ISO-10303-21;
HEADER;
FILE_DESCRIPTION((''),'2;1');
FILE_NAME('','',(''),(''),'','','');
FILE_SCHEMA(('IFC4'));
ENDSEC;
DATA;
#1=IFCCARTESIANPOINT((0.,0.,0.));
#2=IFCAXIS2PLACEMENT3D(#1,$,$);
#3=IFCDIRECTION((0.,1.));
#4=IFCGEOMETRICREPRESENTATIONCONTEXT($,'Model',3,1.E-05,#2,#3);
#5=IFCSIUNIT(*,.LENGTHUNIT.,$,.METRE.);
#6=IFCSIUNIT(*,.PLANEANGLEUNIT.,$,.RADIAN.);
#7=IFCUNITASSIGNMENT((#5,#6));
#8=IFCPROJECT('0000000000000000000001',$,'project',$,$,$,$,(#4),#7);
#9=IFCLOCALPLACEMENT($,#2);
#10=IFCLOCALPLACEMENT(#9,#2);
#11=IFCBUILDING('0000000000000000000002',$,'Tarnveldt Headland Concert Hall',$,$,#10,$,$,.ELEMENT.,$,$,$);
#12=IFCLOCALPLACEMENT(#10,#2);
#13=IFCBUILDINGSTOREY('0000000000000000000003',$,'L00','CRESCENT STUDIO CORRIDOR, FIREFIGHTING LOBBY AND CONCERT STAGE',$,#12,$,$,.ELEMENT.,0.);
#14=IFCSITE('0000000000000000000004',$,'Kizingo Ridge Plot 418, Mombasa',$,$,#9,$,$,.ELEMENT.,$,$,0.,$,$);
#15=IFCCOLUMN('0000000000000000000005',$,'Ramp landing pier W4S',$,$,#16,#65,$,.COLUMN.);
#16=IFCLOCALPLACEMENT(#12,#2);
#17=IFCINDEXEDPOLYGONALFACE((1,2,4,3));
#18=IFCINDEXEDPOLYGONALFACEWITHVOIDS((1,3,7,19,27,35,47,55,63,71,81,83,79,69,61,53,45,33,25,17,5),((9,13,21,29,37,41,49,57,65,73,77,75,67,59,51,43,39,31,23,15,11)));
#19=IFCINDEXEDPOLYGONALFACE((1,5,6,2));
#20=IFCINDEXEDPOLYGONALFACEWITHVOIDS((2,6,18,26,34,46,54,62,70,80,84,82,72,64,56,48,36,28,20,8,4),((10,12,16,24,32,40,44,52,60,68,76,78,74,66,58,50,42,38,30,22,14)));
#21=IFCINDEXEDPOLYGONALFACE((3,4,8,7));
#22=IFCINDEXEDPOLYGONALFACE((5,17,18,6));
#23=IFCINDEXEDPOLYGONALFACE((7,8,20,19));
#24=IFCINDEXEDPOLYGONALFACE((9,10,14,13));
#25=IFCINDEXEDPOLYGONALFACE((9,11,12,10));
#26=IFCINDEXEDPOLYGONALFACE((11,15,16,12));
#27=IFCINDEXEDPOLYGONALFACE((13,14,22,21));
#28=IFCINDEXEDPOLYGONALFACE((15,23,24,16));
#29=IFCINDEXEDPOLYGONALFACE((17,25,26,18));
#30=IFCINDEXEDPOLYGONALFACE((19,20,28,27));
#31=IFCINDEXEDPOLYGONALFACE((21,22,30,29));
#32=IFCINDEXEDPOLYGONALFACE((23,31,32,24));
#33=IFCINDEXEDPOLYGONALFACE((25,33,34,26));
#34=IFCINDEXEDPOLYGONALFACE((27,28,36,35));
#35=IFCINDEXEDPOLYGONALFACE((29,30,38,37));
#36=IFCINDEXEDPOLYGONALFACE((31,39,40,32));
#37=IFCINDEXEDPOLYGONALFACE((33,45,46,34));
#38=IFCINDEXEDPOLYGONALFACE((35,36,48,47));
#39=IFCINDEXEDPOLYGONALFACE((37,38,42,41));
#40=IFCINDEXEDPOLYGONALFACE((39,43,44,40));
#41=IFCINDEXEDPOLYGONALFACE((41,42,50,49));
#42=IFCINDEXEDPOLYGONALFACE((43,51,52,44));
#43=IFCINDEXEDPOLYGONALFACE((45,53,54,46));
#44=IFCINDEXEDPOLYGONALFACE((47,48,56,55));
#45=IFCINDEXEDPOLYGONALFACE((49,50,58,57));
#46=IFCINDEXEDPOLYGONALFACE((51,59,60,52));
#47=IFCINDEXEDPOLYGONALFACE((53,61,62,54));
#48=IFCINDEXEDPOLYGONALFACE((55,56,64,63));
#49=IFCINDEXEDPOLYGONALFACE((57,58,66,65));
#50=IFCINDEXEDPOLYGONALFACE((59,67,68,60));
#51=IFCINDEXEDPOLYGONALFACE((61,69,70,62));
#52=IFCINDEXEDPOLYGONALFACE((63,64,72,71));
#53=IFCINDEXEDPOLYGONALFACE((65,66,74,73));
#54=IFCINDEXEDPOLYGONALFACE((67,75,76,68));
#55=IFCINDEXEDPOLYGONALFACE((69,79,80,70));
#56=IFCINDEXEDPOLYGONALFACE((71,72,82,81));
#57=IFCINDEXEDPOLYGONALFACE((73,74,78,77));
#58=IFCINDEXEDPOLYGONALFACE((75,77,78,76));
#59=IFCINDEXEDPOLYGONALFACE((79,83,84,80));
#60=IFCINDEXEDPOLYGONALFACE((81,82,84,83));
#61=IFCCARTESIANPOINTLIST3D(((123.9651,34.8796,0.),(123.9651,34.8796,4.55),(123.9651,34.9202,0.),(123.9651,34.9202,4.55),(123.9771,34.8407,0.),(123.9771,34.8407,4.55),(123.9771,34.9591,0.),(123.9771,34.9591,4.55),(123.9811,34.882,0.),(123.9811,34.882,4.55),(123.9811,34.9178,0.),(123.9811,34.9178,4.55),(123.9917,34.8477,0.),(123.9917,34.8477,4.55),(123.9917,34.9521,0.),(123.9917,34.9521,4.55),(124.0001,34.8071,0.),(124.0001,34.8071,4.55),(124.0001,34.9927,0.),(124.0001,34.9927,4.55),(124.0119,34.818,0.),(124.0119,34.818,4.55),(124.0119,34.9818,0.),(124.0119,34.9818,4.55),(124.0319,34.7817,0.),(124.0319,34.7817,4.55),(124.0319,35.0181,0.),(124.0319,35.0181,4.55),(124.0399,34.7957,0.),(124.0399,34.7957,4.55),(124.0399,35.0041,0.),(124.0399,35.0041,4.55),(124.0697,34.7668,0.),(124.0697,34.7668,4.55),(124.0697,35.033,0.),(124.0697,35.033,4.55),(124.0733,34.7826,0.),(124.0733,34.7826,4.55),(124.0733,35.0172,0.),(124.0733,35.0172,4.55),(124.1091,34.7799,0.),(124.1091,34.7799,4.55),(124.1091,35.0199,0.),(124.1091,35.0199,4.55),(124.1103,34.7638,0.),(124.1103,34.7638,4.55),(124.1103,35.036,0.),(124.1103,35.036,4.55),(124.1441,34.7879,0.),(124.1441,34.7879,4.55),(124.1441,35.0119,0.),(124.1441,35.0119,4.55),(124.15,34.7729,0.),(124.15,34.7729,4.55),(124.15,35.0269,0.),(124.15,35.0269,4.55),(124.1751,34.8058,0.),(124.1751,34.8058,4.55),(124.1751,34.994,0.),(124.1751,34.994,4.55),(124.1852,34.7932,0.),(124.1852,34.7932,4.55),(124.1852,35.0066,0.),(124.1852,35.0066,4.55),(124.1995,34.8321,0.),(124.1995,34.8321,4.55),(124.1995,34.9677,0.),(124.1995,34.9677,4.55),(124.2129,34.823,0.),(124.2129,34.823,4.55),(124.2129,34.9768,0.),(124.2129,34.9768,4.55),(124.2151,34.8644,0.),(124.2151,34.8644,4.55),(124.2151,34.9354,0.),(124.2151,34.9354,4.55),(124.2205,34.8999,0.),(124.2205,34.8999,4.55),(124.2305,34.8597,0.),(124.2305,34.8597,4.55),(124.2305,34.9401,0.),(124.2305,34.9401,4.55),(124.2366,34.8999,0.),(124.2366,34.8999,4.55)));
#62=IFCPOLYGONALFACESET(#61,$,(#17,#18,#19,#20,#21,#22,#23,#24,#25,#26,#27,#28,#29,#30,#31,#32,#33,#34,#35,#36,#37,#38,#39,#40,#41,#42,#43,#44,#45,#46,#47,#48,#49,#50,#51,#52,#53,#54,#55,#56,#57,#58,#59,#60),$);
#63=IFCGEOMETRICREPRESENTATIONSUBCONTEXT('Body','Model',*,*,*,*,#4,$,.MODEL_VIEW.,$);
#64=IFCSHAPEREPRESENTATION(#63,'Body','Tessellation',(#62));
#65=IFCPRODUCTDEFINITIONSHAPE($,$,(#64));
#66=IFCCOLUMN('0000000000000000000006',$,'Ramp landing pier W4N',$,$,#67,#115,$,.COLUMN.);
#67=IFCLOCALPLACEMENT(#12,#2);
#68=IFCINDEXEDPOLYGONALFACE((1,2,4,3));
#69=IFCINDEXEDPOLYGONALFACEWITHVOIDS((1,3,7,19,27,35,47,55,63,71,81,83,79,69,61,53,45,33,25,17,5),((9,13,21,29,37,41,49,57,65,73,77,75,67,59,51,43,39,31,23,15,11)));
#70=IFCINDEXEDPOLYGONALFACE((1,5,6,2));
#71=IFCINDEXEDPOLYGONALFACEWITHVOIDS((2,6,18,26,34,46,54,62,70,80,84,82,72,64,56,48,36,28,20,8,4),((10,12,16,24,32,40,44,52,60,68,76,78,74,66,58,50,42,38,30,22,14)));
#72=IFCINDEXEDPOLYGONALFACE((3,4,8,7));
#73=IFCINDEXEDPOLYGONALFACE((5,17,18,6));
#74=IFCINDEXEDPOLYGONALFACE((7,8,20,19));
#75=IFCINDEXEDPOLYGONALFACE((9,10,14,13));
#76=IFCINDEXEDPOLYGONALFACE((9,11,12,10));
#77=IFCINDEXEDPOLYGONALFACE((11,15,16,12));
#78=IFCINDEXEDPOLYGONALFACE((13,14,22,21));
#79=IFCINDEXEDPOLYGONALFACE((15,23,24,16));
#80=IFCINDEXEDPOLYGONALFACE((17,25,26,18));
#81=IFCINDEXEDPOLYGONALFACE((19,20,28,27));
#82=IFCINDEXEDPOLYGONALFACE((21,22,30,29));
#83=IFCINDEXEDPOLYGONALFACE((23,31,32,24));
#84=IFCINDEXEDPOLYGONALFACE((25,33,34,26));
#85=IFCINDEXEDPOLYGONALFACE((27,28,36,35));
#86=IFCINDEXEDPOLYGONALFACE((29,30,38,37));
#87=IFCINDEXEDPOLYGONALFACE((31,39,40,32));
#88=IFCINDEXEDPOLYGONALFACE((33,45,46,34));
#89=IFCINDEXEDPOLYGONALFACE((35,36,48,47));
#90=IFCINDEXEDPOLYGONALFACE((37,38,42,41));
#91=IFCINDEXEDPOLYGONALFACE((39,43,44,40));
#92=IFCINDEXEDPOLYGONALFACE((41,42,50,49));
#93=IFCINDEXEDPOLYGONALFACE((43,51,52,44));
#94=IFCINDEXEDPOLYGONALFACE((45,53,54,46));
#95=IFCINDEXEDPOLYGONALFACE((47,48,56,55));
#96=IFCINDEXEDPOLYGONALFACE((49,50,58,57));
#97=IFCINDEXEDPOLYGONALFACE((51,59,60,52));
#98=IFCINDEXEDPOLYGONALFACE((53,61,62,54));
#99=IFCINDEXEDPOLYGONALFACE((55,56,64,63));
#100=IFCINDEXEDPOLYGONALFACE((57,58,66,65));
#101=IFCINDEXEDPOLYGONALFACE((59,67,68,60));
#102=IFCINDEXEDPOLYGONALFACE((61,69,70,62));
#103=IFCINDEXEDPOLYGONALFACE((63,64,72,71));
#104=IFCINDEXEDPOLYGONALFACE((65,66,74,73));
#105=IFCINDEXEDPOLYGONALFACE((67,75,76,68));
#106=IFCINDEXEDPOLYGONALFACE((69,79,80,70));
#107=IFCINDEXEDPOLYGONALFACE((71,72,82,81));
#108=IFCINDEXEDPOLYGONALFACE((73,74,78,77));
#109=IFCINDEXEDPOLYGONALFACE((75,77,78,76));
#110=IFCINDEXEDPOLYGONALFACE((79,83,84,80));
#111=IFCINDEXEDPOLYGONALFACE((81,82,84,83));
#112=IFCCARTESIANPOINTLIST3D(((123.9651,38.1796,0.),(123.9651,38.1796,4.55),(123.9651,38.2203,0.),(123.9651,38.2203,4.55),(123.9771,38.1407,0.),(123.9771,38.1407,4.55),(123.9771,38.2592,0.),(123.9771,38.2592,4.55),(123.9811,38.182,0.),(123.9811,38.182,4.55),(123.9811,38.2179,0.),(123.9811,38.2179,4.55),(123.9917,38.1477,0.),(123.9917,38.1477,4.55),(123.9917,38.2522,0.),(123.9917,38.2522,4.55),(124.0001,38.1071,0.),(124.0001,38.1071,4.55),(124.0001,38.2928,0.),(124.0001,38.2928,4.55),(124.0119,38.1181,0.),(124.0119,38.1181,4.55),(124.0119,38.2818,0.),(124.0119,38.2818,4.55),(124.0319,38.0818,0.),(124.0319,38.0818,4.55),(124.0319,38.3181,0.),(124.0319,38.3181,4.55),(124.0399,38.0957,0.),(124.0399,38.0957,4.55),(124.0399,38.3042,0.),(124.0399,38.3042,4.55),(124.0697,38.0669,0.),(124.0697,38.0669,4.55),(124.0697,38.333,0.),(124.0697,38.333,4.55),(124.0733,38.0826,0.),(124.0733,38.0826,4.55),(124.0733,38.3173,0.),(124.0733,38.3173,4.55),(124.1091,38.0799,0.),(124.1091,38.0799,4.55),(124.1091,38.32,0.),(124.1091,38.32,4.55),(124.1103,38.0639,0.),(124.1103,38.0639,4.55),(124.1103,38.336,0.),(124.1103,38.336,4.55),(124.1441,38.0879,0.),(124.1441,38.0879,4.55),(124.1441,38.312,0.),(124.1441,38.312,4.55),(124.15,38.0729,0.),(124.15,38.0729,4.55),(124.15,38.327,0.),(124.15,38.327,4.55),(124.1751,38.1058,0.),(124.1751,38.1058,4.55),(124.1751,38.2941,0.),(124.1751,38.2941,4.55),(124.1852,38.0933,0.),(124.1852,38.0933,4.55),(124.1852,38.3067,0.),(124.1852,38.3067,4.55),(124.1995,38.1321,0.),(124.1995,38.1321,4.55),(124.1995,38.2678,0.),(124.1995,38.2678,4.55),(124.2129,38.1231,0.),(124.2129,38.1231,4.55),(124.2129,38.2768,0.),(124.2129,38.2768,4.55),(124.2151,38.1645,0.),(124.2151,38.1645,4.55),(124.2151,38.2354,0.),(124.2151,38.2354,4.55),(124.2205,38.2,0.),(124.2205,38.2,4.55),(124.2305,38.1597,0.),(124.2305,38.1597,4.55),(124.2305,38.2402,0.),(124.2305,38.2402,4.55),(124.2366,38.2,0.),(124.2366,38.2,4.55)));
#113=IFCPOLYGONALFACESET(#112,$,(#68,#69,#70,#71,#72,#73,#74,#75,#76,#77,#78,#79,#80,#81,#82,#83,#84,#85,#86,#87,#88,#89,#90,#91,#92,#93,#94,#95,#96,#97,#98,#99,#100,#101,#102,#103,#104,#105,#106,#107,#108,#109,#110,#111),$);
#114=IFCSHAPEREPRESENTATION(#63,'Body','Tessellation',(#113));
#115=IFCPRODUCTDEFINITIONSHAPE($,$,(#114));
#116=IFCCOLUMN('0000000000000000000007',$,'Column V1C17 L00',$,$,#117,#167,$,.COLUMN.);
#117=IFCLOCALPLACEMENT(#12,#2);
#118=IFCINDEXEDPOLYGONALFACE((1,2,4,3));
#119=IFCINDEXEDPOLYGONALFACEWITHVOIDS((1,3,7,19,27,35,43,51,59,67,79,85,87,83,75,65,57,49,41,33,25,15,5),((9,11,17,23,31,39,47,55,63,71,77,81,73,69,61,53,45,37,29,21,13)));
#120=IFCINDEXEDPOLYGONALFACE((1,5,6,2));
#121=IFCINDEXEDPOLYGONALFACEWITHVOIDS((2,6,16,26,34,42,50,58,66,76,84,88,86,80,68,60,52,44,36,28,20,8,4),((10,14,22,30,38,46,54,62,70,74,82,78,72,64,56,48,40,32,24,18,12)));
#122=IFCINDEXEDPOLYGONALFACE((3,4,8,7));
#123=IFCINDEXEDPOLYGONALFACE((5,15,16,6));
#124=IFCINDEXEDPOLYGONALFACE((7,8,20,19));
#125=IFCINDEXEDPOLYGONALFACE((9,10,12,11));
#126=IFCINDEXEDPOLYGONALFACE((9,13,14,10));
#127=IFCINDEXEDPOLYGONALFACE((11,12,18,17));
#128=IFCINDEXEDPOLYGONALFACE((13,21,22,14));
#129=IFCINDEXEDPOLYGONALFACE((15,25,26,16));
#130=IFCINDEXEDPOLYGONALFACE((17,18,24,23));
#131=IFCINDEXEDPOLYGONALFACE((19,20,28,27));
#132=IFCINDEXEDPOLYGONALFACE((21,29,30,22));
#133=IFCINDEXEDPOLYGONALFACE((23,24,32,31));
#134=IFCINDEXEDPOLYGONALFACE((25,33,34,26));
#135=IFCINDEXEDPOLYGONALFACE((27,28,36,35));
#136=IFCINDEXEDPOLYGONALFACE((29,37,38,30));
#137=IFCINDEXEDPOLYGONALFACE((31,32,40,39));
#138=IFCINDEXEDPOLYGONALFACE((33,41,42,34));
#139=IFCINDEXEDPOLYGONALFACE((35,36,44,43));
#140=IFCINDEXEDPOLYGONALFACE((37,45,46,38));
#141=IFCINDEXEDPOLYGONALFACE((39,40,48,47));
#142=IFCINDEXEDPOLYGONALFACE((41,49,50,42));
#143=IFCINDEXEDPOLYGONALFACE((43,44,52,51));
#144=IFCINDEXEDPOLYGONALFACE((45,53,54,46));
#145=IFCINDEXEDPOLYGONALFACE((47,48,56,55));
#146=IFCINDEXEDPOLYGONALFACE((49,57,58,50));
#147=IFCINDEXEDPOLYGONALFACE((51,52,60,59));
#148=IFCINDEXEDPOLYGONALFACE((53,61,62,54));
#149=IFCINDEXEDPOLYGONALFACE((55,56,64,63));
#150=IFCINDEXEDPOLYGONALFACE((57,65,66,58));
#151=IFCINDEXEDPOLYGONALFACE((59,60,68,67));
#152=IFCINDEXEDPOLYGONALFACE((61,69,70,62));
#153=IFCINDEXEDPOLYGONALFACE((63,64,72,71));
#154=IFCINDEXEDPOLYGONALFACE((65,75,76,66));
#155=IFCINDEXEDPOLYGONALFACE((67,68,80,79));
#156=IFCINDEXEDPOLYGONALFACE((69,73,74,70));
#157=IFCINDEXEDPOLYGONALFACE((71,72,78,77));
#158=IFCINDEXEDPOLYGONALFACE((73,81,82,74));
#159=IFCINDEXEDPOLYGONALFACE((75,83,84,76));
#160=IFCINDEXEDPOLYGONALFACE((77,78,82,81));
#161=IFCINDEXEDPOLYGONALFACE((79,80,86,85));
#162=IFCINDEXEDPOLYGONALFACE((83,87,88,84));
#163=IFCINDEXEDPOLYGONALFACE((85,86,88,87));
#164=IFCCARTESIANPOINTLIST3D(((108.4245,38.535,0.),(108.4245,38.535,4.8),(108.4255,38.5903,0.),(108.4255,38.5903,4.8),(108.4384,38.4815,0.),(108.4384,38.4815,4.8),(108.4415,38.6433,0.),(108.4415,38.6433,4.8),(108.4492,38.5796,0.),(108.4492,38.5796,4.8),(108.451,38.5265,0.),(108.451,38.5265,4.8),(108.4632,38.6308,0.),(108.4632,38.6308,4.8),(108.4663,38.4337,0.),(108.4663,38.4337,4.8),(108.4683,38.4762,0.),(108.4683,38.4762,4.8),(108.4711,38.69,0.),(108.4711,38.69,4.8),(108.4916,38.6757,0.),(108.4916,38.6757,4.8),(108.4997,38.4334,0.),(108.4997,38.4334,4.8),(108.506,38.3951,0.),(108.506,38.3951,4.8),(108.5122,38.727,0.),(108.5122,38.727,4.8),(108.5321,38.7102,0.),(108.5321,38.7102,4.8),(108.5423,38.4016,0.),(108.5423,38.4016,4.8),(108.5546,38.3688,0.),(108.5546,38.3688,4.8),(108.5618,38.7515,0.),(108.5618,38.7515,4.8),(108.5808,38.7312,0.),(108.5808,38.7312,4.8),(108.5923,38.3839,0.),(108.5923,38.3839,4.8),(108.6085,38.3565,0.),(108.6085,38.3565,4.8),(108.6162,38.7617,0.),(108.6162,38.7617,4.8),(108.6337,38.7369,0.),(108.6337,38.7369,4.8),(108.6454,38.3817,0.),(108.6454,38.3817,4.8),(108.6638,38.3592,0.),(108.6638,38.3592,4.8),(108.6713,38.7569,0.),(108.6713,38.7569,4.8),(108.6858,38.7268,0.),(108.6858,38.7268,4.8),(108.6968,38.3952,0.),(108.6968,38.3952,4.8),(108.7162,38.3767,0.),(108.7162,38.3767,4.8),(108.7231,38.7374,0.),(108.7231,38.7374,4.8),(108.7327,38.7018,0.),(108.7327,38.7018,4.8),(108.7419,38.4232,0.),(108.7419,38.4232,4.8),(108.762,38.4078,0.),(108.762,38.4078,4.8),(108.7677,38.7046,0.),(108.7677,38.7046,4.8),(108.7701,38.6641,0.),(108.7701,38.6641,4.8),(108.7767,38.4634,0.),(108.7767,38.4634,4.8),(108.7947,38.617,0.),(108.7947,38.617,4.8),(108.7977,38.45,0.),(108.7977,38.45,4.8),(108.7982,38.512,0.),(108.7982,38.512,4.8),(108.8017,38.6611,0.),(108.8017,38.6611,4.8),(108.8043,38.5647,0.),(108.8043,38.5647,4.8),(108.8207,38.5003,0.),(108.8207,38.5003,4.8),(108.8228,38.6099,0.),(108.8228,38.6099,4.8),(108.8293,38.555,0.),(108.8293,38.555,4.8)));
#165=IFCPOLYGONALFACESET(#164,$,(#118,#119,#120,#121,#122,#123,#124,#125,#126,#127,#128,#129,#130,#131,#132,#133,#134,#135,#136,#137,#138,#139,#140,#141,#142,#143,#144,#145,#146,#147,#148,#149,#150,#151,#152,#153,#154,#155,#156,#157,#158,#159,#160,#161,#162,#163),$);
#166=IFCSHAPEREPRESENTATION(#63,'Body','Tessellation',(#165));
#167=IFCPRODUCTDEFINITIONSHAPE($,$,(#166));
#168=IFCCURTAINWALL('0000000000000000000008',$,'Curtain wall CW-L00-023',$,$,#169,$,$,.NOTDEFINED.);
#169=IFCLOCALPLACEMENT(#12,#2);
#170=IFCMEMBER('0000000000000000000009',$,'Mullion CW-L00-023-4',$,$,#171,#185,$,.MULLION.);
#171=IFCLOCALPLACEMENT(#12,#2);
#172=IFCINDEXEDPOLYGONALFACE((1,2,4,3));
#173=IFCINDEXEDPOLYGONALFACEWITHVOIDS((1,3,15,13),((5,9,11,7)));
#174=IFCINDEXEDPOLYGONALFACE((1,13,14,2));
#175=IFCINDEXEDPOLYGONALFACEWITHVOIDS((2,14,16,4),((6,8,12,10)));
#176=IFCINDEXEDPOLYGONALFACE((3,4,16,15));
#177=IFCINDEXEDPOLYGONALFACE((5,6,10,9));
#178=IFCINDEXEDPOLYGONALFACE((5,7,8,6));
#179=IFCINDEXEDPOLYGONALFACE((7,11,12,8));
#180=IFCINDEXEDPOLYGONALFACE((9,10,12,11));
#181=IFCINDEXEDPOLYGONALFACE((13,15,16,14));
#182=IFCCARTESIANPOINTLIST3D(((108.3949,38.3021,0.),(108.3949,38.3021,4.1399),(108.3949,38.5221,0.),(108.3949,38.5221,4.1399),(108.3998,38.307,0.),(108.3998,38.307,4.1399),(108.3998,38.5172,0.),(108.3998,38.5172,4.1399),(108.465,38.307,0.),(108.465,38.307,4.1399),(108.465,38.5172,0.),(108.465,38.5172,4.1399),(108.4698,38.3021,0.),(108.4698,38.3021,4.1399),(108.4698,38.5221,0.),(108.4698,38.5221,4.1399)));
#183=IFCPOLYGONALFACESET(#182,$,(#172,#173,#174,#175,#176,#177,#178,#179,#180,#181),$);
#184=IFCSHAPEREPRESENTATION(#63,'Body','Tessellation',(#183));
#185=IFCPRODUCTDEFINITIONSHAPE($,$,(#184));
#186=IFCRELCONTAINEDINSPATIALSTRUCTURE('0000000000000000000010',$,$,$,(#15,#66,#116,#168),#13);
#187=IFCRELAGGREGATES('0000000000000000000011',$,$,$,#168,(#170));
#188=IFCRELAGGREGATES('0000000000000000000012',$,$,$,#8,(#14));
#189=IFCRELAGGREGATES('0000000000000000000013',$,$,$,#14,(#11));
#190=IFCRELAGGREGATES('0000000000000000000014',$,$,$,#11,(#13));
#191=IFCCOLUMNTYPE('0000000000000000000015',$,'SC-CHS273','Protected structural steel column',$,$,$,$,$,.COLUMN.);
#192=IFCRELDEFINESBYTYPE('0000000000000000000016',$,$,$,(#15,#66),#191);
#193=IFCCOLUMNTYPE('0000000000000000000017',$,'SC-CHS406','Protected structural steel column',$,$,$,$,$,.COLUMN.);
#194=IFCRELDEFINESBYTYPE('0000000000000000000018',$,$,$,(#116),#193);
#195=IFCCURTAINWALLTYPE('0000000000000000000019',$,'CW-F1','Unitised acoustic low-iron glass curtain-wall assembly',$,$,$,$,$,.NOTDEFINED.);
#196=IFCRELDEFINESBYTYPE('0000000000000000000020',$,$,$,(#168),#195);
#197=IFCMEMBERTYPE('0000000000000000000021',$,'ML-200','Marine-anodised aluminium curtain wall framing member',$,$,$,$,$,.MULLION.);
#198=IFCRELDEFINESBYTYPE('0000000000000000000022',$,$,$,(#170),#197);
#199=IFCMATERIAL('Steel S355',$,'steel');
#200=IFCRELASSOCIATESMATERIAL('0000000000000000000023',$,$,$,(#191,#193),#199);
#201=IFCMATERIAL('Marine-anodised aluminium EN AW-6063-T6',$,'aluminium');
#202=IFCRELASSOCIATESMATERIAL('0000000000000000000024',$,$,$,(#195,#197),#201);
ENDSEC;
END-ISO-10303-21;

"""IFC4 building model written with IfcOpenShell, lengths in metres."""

from ifc_helpers import new_model, si_unit, direction, frame, origin, origin_2d, place, context, subcontext, project, spatial, hollow_rectangle, hollow_circle, extrude, material, material_profile, profile_set, type_object, element, aggregate, save


model = new_model("IFC4")

# Units and contexts
model_context = context("Model", 3, precision=1e-05, world=origin(), true_north=direction((0.0, 1.0)))
body_context = subcontext(model_context, "Body", "Model", "MODEL_VIEW")
ifc_project = project(units=[si_unit("LENGTHUNIT", "METRE"), si_unit("PLANEANGLEUNIT", "RADIAN")], contexts=[model_context])

# Site, building, storey
site_placement = place(None, origin())
site = spatial("IfcSite", under=ifc_project, at=site_placement, Name="Kizingo Ridge Plot 418, Mombasa", CompositionType="ELEMENT", RefElevation=0.0)
building_placement = place(site_placement, origin())
building = spatial("IfcBuilding", under=site, at=building_placement, Name="Tarnveldt Headland Concert Hall", CompositionType="ELEMENT")
storey_placement = place(building_placement, origin())
storey = spatial("IfcBuildingStorey", under=building, at=storey_placement, Name="L00", Description="CRESCENT STUDIO CORRIDOR, FIREFIGHTING LOBBY AND CONCERT STAGE", CompositionType="ELEMENT", Elevation=0.0)

# Columns
ifc_material_1 = material(Name="Steel S355", Category="steel")
ifc_material_profile_1 = material_profile(ifc_material_1, hollow_circle(Radius=0.1365, WallThickness=0.0161, at=origin_2d()), Name="CHS 273x16", Category="steel")
ifc_profile_set_1 = profile_set([ifc_material_profile_1], Name="Steel S355")
column_type_1 = type_object("IfcColumnType", Name="SC-CHS273", Description="Protected structural steel column", PredefinedType="COLUMN", material=ifc_profile_set_1)
for number, where, z_axis, x_axis, name in (
    (1, (124.1001, 34.8999, 0.0), (0.0, 0.0, 1.0), (1.0, 0.0, 0.0), "Ramp landing pier W4S"),
    (2, (124.1001, 38.2, 0.0), (0.0, 0.0, 1.0), (1.0, 0.0, 0.0), "Ramp landing pier W4N"),
):
    element("IfcColumn", number, at=place(storey_placement, frame(where, z_axis=z_axis, x_axis=x_axis)), inside=storey, type_object=column_type_1, Name=name, PredefinedType="COLUMN", context=body_context, shape_type="SweptSolid", body=[
        extrude(hollow_circle(Radius=0.1365, WallThickness=0.0161, at=origin_2d()), origin(), (0.0, 0.0, 1.0), 4.55),
    ])
ifc_material_profile_2 = material_profile(ifc_material_1, hollow_circle(Radius=0.2031, WallThickness=0.0249, at=origin_2d()), Name="CHS 406.4x25", Category="steel")
ifc_profile_set_2 = profile_set([ifc_material_profile_2], Name="Steel S355")
column_type_2 = type_object("IfcColumnType", Name="SC-CHS406", Description="Protected structural steel column", PredefinedType="COLUMN", material=ifc_profile_set_2)
column_placement = place(storey_placement, frame((108.6262, 38.5588, 0.0), z_axis=(0.0, 0.0, 1.0), x_axis=(0.844421, -0.535679, 0.0)))
element("IfcColumn", 3, at=column_placement, inside=storey, type_object=column_type_2, Name="Column V1C17 L00", PredefinedType="COLUMN", context=body_context, shape_type="SweptSolid", body=[
    extrude(hollow_circle(Radius=0.2031, WallThickness=0.0249, at=origin_2d()), origin(), (0.0, 0.0, 1.0), 4.8),
])

# Curtain wall, member
ifc_material_2 = material(Name="Marine-anodised aluminium EN AW-6063-T6", Category="aluminium")
curtain_wall_type = type_object("IfcCurtainWallType", Name="CW-F1", Description="Unitised acoustic low-iron glass curtain-wall assembly", PredefinedType="NOTDEFINED", material=ifc_material_2)
curtain_wall_placement = place(storey_placement, origin())
curtain_wall = element("IfcCurtainWall", 4, at=curtain_wall_placement, inside=storey, type_object=curtain_wall_type, Name="Curtain wall CW-L00-023", PredefinedType="NOTDEFINED")
ifc_material_profile_3 = material_profile(ifc_material_2, hollow_rectangle(XDim=0.075, YDim=0.22, WallThickness=0.0049, at=origin_2d()), Name="ALU MULLION 75x220x5", Category="aluminium")
ifc_profile_set_3 = profile_set([ifc_material_profile_3], Name="Marine-anodised aluminium EN AW-6063-T6")
member_type_1 = type_object("IfcMemberType", Name="ML-200", Description="Marine-anodised aluminium curtain wall framing member", PredefinedType="MULLION", material=ifc_profile_set_3)
member_1_placement = place(storey_placement, frame((108.4324, 38.4121, 0.0), z_axis=(0.0, 0.0, 1.0), x_axis=(1.0, 0.0, 0.0)))
member_1 = element("IfcMember", 5, at=member_1_placement, type_object=member_type_1, Name="Mullion CW-L00-023-4", PredefinedType="MULLION", context=body_context, shape_type="SweptSolid", body=[
    extrude(hollow_rectangle(XDim=0.075, YDim=0.22, WallThickness=0.0049, at=origin_2d()), origin(), (0.0, 0.0, 1.0), 4.1399),
])

aggregate(curtain_wall, [member_1])

save(model, "model.ifc")
